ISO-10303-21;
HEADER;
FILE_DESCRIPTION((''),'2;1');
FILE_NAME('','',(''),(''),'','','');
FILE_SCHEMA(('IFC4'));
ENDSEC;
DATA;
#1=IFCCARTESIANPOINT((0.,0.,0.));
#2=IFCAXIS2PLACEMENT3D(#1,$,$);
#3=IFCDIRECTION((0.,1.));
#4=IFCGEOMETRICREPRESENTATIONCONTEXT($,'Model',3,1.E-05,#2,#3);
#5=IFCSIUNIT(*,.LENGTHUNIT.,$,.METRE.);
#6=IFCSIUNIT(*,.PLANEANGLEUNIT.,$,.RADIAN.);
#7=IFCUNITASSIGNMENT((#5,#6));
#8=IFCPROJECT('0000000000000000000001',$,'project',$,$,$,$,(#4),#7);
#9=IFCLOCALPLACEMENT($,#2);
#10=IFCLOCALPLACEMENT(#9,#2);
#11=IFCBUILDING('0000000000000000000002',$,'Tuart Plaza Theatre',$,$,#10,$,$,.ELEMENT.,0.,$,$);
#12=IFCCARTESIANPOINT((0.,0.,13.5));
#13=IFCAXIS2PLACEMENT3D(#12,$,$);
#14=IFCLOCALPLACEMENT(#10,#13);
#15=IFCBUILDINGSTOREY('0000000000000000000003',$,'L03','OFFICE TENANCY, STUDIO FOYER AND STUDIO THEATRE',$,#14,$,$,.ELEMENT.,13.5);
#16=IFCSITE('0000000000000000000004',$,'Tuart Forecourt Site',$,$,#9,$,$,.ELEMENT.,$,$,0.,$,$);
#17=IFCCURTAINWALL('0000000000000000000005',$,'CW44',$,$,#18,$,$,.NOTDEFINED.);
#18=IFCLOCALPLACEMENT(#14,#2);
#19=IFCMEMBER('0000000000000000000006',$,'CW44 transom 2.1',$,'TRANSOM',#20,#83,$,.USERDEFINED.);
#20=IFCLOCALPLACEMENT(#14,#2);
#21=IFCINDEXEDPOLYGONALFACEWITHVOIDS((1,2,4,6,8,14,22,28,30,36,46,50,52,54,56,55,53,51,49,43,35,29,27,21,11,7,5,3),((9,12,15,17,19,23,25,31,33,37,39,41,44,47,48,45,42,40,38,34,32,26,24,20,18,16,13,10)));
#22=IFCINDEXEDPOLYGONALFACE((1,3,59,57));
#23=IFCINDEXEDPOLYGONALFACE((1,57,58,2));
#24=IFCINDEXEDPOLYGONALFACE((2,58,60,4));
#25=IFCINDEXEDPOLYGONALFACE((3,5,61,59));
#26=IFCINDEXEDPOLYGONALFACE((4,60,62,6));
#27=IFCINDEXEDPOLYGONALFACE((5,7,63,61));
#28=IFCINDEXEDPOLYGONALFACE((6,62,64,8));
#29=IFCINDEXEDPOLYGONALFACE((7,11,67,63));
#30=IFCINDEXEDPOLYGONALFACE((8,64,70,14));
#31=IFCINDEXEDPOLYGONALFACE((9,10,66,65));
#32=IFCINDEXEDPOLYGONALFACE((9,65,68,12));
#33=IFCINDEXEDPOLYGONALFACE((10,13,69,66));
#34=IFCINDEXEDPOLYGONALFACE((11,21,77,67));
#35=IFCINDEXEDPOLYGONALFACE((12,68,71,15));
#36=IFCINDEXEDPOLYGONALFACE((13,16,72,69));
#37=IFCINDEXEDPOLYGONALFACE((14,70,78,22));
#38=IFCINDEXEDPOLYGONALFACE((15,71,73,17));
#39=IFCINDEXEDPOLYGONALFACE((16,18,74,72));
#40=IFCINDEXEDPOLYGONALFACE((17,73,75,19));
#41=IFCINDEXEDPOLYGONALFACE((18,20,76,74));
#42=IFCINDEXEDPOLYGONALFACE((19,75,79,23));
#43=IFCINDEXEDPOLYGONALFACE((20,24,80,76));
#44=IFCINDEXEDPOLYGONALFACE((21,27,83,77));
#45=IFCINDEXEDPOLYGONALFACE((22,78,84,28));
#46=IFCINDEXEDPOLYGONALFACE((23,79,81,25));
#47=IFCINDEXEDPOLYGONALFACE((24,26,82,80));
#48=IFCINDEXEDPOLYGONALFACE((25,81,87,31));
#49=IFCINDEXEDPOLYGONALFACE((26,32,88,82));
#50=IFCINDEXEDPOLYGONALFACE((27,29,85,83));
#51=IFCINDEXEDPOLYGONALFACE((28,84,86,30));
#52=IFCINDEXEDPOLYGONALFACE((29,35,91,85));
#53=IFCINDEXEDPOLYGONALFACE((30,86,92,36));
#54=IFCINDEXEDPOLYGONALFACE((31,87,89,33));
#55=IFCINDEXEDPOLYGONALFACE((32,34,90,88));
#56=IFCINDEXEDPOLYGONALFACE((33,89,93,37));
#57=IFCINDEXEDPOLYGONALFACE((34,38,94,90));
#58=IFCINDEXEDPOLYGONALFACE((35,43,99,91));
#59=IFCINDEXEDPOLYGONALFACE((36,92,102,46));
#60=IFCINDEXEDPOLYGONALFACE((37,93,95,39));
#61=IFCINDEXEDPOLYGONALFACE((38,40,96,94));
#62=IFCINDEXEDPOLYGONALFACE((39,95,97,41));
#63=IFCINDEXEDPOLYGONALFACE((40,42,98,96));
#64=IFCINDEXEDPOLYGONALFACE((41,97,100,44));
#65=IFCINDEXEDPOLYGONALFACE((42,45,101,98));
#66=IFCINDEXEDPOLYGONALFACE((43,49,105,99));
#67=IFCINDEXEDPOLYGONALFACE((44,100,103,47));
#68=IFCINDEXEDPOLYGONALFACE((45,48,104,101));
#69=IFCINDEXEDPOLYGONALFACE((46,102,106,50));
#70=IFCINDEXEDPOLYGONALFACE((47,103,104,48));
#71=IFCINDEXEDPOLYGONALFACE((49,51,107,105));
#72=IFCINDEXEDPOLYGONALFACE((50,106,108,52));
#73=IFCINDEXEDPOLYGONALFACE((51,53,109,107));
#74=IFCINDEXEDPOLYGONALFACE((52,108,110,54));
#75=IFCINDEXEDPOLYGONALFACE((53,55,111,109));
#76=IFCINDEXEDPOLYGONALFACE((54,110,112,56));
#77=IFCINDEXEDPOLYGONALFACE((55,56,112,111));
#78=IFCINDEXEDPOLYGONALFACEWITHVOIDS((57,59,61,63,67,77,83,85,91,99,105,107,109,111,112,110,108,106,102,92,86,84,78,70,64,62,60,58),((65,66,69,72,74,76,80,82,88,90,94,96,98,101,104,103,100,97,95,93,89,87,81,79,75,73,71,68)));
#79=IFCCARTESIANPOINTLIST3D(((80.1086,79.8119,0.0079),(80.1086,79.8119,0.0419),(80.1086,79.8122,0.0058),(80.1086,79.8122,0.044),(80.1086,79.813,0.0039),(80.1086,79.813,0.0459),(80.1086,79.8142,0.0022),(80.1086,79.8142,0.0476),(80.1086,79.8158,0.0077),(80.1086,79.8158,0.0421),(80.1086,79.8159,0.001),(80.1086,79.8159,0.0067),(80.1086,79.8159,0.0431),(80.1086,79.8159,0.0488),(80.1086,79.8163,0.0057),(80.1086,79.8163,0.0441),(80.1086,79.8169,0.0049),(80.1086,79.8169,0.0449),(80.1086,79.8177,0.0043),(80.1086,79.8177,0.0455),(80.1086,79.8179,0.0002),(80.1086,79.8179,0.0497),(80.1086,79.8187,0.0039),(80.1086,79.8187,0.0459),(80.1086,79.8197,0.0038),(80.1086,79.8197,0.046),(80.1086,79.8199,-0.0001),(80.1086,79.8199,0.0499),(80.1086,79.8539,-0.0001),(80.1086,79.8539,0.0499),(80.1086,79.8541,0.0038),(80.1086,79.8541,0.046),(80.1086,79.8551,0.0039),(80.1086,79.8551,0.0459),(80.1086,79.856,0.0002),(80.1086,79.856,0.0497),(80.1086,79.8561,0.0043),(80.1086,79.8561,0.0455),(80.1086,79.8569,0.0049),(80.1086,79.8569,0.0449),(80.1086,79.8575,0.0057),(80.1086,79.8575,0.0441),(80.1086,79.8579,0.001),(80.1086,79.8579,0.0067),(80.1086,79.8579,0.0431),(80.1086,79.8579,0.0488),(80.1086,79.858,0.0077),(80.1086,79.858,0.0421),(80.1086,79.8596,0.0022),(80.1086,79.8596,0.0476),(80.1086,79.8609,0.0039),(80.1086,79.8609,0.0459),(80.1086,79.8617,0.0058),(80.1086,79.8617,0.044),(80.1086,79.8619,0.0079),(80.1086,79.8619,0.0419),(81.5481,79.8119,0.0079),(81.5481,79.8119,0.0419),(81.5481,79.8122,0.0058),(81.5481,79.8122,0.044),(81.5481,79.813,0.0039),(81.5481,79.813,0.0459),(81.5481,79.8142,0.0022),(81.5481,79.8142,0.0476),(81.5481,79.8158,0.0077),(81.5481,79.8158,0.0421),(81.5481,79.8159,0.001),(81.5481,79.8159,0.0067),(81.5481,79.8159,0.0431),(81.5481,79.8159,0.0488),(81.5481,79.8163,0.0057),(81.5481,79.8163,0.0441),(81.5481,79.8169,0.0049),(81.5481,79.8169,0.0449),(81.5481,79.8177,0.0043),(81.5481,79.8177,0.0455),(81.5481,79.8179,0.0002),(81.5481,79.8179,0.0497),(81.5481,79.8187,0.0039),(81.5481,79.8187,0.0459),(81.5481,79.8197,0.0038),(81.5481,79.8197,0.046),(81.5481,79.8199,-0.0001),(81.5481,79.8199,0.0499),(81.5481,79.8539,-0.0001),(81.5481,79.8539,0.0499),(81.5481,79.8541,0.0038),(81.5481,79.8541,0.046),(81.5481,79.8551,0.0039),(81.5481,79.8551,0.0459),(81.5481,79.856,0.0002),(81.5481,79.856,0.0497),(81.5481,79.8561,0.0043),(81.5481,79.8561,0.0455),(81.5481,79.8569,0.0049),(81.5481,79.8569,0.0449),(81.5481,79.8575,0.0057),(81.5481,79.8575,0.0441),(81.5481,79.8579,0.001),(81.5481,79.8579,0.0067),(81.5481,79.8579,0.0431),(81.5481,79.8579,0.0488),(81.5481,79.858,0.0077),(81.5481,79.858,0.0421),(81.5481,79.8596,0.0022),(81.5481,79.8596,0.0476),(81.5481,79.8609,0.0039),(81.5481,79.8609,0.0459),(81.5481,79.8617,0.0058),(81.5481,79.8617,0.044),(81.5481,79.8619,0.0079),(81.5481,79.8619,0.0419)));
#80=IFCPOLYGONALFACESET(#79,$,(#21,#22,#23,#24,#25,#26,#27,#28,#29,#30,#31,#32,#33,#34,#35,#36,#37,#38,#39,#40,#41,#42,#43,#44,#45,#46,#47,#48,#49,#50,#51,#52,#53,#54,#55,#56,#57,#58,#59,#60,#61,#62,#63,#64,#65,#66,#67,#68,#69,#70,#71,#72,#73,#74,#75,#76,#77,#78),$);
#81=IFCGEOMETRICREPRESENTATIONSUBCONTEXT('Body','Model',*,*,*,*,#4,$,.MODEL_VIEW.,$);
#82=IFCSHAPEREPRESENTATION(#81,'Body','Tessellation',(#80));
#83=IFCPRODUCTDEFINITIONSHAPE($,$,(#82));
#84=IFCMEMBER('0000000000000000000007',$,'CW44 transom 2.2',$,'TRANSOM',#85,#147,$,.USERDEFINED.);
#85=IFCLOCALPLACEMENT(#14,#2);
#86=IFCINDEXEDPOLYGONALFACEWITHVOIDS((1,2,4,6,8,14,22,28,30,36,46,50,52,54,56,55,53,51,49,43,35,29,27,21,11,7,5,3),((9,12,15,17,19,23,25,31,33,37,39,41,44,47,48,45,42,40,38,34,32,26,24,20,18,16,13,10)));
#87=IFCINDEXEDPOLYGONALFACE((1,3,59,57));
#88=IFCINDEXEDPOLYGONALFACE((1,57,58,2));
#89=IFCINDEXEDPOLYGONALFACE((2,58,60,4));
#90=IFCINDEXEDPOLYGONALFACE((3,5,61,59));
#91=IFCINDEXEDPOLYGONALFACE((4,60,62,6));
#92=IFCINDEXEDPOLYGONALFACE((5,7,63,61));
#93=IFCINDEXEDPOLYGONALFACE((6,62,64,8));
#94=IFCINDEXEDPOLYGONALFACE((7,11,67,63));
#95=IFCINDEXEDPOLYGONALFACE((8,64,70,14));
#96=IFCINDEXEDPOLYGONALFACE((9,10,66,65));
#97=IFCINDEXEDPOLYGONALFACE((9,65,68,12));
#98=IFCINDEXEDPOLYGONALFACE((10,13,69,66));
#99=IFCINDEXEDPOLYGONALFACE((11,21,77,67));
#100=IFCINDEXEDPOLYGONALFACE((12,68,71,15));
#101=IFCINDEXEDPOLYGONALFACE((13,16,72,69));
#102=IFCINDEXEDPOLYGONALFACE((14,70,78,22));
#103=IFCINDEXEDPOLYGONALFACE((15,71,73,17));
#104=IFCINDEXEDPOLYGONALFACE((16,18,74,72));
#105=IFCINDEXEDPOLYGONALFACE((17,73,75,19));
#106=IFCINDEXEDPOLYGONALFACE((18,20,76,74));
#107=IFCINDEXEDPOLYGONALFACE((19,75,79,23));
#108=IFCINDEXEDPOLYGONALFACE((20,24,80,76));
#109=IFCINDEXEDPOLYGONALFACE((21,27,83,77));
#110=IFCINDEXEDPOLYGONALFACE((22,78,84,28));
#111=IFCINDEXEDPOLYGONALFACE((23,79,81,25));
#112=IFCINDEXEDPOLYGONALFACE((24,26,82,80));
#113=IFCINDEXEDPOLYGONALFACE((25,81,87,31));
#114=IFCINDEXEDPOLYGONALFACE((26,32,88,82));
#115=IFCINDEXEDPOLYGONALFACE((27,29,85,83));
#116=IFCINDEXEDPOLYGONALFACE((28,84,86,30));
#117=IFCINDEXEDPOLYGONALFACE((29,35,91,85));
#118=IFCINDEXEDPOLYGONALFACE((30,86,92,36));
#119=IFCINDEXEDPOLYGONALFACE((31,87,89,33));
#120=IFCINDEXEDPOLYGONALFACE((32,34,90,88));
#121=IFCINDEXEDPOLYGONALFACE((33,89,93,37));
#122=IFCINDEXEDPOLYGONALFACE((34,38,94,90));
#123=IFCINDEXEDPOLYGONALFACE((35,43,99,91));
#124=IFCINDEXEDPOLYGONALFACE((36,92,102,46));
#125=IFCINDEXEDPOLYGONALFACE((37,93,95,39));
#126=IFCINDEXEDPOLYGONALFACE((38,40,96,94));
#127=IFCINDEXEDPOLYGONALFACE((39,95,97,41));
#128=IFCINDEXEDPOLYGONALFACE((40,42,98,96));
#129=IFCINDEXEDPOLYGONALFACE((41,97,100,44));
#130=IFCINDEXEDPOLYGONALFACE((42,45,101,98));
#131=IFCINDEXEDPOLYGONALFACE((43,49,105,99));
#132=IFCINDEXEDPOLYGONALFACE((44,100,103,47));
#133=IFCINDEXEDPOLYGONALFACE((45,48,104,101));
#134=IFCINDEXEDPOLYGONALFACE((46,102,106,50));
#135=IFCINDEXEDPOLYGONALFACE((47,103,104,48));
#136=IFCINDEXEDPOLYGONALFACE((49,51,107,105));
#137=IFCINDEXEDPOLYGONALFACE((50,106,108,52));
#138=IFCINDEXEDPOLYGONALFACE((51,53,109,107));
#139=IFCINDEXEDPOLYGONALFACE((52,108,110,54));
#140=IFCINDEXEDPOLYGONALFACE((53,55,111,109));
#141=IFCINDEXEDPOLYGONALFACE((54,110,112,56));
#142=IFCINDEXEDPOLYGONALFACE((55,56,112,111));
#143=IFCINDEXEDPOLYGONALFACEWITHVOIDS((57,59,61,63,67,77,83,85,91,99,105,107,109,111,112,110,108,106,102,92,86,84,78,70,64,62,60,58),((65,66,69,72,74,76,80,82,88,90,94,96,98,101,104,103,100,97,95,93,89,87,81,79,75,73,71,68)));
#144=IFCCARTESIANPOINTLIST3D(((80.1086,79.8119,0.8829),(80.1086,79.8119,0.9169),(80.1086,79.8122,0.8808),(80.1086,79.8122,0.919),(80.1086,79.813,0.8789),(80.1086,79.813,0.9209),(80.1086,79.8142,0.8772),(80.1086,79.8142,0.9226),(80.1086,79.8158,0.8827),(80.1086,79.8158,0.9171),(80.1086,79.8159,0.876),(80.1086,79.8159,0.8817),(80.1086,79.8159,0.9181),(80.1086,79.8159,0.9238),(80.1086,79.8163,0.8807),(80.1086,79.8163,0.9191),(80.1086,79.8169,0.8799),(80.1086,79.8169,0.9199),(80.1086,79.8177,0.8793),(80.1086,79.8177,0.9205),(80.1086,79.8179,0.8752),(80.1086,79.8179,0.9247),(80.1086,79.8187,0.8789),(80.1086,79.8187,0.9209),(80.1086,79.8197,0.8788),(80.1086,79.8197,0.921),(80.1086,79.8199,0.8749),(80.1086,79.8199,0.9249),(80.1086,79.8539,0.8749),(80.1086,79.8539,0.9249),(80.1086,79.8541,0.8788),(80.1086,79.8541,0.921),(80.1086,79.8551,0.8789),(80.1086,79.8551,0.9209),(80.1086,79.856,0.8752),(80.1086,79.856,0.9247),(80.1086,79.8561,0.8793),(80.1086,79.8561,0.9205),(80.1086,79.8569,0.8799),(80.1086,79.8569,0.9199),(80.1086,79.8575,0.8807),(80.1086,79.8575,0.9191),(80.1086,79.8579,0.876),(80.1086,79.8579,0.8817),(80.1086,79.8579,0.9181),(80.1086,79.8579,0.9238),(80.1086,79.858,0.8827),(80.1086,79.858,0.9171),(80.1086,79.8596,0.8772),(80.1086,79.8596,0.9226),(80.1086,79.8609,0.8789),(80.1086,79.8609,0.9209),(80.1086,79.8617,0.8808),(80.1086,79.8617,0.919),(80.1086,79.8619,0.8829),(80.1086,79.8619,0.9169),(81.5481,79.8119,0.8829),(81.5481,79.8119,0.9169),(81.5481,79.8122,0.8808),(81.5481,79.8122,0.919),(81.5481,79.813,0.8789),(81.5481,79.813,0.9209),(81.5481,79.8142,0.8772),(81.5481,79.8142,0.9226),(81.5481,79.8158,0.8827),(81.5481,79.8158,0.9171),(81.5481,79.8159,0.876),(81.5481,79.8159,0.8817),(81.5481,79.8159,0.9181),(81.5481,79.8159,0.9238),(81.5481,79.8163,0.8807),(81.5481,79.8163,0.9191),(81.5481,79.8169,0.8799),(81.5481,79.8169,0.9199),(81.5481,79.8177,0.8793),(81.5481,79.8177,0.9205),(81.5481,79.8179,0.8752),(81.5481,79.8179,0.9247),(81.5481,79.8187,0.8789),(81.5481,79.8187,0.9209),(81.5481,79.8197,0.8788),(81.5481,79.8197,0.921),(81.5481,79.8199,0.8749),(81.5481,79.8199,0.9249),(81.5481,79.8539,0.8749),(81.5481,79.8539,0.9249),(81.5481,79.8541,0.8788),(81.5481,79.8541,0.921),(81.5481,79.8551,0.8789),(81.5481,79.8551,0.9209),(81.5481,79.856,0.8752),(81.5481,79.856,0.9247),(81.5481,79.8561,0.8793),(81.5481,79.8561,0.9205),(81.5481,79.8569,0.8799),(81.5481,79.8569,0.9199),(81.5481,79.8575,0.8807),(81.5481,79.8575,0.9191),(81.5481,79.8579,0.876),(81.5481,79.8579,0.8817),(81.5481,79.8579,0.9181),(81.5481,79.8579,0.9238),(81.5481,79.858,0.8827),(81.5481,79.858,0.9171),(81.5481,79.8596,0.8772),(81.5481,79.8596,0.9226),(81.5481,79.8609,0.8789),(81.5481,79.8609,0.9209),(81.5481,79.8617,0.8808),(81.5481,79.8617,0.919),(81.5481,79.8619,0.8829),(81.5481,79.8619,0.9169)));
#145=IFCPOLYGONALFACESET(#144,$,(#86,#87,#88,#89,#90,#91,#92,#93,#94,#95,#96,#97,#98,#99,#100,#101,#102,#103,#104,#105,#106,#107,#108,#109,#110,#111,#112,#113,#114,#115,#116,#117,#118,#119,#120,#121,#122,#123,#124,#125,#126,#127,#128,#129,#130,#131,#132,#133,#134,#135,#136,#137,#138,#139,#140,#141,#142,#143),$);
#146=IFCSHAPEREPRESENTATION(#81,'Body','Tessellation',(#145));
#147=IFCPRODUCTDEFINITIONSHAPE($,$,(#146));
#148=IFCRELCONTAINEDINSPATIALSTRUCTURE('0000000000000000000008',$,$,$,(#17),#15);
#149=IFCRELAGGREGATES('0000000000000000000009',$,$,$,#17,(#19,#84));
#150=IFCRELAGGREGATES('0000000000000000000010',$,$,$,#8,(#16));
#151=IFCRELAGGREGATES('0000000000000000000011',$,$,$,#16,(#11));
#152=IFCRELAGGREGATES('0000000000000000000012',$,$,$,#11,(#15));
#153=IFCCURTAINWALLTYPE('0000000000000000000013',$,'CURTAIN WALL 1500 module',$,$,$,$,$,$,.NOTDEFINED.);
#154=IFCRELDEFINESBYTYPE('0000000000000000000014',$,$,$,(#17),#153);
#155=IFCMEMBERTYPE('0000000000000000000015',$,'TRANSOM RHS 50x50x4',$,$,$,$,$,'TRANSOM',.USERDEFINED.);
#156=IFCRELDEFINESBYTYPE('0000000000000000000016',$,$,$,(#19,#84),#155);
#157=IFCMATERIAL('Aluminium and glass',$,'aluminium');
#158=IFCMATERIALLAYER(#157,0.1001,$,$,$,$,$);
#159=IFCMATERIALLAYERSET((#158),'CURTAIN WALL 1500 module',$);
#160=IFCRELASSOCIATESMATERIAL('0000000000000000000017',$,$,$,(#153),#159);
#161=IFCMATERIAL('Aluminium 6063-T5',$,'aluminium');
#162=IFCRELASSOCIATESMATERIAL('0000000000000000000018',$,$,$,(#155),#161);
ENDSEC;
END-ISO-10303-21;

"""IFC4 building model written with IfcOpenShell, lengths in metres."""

from ifc_helpers import new_model, si_unit, direction, frame, origin, origin_2d, place, context, subcontext, project, spatial, hollow_rectangle, extrude, material, layer, layer_set, material_profile, profile_set, type_object, element, aggregate, save


model = new_model("IFC4")

# Units and contexts
model_context = context("Model", 3, precision=1e-05, world=origin(), true_north=direction((0.0, 1.0)))
body_context = subcontext(model_context, "Body", "Model", "MODEL_VIEW")
ifc_project = project(units=[si_unit("LENGTHUNIT", "METRE"), si_unit("PLANEANGLEUNIT", "RADIAN")], contexts=[model_context])

# Site, building, storey
site_placement = place(None, origin())
site = spatial("IfcSite", under=ifc_project, at=site_placement, Name="Tuart Forecourt Site", CompositionType="ELEMENT", RefElevation=0.0)
building_placement = place(site_placement, origin())
building = spatial("IfcBuilding", under=site, at=building_placement, Name="Tuart Plaza Theatre", CompositionType="ELEMENT", ElevationOfRefHeight=0.0)
storey_placement = place(building_placement, frame((0.0, 0.0, 13.5)))
storey = spatial("IfcBuildingStorey", under=building, at=storey_placement, Name="L03", Description="OFFICE TENANCY, STUDIO FOYER AND STUDIO THEATRE", CompositionType="ELEMENT", Elevation=13.5)

# Curtain wall, members
ifc_material_1 = material(Name="Aluminium and glass", Category="aluminium")
ifc_layer_1 = layer(ifc_material_1, 0.1001)
ifc_layer_set_1 = layer_set([ifc_layer_1], Name="CURTAIN WALL 1500 module")
curtain_wall_type = type_object("IfcCurtainWallType", Name="CURTAIN WALL 1500 module", PredefinedType="NOTDEFINED", material=ifc_layer_set_1)
curtain_wall_placement = place(storey_placement, origin())
curtain_wall = element("IfcCurtainWall", 1, at=curtain_wall_placement, inside=storey, type_object=curtain_wall_type, Name="CW44", PredefinedType="NOTDEFINED")
ifc_material_2 = material(Name="Aluminium 6063-T5", Category="aluminium")
ifc_material_profile_1 = material_profile(ifc_material_2, hollow_rectangle(XDim=0.05, YDim=0.05, WallThickness=0.0039, InnerFilletRadius=0.0039, OuterFilletRadius=0.0081, at=origin_2d()), Name="RHS 50x50x4")
ifc_profile_set_1 = profile_set([ifc_material_profile_1], Name="Aluminium 6063-T5")
member_type_1 = type_object("IfcMemberType", Name="TRANSOM RHS 50x50x4", ElementType="TRANSOM", PredefinedType="USERDEFINED", material=ifc_profile_set_1)
member_1_placement = place(storey_placement, frame((80.1086, 79.8369, 0.0249), z_axis=(1.0, 0.0, 0.0), x_axis=(0.0, 1.0, 0.0)))
member_1 = element("IfcMember", 2, at=member_1_placement, type_object=member_type_1, Name="CW44 transom 2.1", ObjectType="TRANSOM", PredefinedType="USERDEFINED", context=body_context, shape_type="SweptSolid", body=[
    extrude(hollow_rectangle(XDim=0.05, YDim=0.05, WallThickness=0.0039, InnerFilletRadius=0.0039, OuterFilletRadius=0.0081, at=origin_2d()), origin(), (0.0, 0.0, 1.0), 1.4395),
])
member_2_placement = place(storey_placement, frame((80.1086, 79.8369, 0.8999), z_axis=(1.0, 0.0, 0.0), x_axis=(0.0, 1.0, 0.0)))
member_2 = element("IfcMember", 3, at=member_2_placement, type_object=member_type_1, Name="CW44 transom 2.2", ObjectType="TRANSOM", PredefinedType="USERDEFINED", context=body_context, shape_type="SweptSolid", body=[
    extrude(hollow_rectangle(XDim=0.05, YDim=0.05, WallThickness=0.0039, InnerFilletRadius=0.0039, OuterFilletRadius=0.0081, at=origin_2d()), origin(), (0.0, 0.0, 1.0), 1.4395),
])
aggregate(curtain_wall, [member_1, member_2])

save(model, "model.ifc")
